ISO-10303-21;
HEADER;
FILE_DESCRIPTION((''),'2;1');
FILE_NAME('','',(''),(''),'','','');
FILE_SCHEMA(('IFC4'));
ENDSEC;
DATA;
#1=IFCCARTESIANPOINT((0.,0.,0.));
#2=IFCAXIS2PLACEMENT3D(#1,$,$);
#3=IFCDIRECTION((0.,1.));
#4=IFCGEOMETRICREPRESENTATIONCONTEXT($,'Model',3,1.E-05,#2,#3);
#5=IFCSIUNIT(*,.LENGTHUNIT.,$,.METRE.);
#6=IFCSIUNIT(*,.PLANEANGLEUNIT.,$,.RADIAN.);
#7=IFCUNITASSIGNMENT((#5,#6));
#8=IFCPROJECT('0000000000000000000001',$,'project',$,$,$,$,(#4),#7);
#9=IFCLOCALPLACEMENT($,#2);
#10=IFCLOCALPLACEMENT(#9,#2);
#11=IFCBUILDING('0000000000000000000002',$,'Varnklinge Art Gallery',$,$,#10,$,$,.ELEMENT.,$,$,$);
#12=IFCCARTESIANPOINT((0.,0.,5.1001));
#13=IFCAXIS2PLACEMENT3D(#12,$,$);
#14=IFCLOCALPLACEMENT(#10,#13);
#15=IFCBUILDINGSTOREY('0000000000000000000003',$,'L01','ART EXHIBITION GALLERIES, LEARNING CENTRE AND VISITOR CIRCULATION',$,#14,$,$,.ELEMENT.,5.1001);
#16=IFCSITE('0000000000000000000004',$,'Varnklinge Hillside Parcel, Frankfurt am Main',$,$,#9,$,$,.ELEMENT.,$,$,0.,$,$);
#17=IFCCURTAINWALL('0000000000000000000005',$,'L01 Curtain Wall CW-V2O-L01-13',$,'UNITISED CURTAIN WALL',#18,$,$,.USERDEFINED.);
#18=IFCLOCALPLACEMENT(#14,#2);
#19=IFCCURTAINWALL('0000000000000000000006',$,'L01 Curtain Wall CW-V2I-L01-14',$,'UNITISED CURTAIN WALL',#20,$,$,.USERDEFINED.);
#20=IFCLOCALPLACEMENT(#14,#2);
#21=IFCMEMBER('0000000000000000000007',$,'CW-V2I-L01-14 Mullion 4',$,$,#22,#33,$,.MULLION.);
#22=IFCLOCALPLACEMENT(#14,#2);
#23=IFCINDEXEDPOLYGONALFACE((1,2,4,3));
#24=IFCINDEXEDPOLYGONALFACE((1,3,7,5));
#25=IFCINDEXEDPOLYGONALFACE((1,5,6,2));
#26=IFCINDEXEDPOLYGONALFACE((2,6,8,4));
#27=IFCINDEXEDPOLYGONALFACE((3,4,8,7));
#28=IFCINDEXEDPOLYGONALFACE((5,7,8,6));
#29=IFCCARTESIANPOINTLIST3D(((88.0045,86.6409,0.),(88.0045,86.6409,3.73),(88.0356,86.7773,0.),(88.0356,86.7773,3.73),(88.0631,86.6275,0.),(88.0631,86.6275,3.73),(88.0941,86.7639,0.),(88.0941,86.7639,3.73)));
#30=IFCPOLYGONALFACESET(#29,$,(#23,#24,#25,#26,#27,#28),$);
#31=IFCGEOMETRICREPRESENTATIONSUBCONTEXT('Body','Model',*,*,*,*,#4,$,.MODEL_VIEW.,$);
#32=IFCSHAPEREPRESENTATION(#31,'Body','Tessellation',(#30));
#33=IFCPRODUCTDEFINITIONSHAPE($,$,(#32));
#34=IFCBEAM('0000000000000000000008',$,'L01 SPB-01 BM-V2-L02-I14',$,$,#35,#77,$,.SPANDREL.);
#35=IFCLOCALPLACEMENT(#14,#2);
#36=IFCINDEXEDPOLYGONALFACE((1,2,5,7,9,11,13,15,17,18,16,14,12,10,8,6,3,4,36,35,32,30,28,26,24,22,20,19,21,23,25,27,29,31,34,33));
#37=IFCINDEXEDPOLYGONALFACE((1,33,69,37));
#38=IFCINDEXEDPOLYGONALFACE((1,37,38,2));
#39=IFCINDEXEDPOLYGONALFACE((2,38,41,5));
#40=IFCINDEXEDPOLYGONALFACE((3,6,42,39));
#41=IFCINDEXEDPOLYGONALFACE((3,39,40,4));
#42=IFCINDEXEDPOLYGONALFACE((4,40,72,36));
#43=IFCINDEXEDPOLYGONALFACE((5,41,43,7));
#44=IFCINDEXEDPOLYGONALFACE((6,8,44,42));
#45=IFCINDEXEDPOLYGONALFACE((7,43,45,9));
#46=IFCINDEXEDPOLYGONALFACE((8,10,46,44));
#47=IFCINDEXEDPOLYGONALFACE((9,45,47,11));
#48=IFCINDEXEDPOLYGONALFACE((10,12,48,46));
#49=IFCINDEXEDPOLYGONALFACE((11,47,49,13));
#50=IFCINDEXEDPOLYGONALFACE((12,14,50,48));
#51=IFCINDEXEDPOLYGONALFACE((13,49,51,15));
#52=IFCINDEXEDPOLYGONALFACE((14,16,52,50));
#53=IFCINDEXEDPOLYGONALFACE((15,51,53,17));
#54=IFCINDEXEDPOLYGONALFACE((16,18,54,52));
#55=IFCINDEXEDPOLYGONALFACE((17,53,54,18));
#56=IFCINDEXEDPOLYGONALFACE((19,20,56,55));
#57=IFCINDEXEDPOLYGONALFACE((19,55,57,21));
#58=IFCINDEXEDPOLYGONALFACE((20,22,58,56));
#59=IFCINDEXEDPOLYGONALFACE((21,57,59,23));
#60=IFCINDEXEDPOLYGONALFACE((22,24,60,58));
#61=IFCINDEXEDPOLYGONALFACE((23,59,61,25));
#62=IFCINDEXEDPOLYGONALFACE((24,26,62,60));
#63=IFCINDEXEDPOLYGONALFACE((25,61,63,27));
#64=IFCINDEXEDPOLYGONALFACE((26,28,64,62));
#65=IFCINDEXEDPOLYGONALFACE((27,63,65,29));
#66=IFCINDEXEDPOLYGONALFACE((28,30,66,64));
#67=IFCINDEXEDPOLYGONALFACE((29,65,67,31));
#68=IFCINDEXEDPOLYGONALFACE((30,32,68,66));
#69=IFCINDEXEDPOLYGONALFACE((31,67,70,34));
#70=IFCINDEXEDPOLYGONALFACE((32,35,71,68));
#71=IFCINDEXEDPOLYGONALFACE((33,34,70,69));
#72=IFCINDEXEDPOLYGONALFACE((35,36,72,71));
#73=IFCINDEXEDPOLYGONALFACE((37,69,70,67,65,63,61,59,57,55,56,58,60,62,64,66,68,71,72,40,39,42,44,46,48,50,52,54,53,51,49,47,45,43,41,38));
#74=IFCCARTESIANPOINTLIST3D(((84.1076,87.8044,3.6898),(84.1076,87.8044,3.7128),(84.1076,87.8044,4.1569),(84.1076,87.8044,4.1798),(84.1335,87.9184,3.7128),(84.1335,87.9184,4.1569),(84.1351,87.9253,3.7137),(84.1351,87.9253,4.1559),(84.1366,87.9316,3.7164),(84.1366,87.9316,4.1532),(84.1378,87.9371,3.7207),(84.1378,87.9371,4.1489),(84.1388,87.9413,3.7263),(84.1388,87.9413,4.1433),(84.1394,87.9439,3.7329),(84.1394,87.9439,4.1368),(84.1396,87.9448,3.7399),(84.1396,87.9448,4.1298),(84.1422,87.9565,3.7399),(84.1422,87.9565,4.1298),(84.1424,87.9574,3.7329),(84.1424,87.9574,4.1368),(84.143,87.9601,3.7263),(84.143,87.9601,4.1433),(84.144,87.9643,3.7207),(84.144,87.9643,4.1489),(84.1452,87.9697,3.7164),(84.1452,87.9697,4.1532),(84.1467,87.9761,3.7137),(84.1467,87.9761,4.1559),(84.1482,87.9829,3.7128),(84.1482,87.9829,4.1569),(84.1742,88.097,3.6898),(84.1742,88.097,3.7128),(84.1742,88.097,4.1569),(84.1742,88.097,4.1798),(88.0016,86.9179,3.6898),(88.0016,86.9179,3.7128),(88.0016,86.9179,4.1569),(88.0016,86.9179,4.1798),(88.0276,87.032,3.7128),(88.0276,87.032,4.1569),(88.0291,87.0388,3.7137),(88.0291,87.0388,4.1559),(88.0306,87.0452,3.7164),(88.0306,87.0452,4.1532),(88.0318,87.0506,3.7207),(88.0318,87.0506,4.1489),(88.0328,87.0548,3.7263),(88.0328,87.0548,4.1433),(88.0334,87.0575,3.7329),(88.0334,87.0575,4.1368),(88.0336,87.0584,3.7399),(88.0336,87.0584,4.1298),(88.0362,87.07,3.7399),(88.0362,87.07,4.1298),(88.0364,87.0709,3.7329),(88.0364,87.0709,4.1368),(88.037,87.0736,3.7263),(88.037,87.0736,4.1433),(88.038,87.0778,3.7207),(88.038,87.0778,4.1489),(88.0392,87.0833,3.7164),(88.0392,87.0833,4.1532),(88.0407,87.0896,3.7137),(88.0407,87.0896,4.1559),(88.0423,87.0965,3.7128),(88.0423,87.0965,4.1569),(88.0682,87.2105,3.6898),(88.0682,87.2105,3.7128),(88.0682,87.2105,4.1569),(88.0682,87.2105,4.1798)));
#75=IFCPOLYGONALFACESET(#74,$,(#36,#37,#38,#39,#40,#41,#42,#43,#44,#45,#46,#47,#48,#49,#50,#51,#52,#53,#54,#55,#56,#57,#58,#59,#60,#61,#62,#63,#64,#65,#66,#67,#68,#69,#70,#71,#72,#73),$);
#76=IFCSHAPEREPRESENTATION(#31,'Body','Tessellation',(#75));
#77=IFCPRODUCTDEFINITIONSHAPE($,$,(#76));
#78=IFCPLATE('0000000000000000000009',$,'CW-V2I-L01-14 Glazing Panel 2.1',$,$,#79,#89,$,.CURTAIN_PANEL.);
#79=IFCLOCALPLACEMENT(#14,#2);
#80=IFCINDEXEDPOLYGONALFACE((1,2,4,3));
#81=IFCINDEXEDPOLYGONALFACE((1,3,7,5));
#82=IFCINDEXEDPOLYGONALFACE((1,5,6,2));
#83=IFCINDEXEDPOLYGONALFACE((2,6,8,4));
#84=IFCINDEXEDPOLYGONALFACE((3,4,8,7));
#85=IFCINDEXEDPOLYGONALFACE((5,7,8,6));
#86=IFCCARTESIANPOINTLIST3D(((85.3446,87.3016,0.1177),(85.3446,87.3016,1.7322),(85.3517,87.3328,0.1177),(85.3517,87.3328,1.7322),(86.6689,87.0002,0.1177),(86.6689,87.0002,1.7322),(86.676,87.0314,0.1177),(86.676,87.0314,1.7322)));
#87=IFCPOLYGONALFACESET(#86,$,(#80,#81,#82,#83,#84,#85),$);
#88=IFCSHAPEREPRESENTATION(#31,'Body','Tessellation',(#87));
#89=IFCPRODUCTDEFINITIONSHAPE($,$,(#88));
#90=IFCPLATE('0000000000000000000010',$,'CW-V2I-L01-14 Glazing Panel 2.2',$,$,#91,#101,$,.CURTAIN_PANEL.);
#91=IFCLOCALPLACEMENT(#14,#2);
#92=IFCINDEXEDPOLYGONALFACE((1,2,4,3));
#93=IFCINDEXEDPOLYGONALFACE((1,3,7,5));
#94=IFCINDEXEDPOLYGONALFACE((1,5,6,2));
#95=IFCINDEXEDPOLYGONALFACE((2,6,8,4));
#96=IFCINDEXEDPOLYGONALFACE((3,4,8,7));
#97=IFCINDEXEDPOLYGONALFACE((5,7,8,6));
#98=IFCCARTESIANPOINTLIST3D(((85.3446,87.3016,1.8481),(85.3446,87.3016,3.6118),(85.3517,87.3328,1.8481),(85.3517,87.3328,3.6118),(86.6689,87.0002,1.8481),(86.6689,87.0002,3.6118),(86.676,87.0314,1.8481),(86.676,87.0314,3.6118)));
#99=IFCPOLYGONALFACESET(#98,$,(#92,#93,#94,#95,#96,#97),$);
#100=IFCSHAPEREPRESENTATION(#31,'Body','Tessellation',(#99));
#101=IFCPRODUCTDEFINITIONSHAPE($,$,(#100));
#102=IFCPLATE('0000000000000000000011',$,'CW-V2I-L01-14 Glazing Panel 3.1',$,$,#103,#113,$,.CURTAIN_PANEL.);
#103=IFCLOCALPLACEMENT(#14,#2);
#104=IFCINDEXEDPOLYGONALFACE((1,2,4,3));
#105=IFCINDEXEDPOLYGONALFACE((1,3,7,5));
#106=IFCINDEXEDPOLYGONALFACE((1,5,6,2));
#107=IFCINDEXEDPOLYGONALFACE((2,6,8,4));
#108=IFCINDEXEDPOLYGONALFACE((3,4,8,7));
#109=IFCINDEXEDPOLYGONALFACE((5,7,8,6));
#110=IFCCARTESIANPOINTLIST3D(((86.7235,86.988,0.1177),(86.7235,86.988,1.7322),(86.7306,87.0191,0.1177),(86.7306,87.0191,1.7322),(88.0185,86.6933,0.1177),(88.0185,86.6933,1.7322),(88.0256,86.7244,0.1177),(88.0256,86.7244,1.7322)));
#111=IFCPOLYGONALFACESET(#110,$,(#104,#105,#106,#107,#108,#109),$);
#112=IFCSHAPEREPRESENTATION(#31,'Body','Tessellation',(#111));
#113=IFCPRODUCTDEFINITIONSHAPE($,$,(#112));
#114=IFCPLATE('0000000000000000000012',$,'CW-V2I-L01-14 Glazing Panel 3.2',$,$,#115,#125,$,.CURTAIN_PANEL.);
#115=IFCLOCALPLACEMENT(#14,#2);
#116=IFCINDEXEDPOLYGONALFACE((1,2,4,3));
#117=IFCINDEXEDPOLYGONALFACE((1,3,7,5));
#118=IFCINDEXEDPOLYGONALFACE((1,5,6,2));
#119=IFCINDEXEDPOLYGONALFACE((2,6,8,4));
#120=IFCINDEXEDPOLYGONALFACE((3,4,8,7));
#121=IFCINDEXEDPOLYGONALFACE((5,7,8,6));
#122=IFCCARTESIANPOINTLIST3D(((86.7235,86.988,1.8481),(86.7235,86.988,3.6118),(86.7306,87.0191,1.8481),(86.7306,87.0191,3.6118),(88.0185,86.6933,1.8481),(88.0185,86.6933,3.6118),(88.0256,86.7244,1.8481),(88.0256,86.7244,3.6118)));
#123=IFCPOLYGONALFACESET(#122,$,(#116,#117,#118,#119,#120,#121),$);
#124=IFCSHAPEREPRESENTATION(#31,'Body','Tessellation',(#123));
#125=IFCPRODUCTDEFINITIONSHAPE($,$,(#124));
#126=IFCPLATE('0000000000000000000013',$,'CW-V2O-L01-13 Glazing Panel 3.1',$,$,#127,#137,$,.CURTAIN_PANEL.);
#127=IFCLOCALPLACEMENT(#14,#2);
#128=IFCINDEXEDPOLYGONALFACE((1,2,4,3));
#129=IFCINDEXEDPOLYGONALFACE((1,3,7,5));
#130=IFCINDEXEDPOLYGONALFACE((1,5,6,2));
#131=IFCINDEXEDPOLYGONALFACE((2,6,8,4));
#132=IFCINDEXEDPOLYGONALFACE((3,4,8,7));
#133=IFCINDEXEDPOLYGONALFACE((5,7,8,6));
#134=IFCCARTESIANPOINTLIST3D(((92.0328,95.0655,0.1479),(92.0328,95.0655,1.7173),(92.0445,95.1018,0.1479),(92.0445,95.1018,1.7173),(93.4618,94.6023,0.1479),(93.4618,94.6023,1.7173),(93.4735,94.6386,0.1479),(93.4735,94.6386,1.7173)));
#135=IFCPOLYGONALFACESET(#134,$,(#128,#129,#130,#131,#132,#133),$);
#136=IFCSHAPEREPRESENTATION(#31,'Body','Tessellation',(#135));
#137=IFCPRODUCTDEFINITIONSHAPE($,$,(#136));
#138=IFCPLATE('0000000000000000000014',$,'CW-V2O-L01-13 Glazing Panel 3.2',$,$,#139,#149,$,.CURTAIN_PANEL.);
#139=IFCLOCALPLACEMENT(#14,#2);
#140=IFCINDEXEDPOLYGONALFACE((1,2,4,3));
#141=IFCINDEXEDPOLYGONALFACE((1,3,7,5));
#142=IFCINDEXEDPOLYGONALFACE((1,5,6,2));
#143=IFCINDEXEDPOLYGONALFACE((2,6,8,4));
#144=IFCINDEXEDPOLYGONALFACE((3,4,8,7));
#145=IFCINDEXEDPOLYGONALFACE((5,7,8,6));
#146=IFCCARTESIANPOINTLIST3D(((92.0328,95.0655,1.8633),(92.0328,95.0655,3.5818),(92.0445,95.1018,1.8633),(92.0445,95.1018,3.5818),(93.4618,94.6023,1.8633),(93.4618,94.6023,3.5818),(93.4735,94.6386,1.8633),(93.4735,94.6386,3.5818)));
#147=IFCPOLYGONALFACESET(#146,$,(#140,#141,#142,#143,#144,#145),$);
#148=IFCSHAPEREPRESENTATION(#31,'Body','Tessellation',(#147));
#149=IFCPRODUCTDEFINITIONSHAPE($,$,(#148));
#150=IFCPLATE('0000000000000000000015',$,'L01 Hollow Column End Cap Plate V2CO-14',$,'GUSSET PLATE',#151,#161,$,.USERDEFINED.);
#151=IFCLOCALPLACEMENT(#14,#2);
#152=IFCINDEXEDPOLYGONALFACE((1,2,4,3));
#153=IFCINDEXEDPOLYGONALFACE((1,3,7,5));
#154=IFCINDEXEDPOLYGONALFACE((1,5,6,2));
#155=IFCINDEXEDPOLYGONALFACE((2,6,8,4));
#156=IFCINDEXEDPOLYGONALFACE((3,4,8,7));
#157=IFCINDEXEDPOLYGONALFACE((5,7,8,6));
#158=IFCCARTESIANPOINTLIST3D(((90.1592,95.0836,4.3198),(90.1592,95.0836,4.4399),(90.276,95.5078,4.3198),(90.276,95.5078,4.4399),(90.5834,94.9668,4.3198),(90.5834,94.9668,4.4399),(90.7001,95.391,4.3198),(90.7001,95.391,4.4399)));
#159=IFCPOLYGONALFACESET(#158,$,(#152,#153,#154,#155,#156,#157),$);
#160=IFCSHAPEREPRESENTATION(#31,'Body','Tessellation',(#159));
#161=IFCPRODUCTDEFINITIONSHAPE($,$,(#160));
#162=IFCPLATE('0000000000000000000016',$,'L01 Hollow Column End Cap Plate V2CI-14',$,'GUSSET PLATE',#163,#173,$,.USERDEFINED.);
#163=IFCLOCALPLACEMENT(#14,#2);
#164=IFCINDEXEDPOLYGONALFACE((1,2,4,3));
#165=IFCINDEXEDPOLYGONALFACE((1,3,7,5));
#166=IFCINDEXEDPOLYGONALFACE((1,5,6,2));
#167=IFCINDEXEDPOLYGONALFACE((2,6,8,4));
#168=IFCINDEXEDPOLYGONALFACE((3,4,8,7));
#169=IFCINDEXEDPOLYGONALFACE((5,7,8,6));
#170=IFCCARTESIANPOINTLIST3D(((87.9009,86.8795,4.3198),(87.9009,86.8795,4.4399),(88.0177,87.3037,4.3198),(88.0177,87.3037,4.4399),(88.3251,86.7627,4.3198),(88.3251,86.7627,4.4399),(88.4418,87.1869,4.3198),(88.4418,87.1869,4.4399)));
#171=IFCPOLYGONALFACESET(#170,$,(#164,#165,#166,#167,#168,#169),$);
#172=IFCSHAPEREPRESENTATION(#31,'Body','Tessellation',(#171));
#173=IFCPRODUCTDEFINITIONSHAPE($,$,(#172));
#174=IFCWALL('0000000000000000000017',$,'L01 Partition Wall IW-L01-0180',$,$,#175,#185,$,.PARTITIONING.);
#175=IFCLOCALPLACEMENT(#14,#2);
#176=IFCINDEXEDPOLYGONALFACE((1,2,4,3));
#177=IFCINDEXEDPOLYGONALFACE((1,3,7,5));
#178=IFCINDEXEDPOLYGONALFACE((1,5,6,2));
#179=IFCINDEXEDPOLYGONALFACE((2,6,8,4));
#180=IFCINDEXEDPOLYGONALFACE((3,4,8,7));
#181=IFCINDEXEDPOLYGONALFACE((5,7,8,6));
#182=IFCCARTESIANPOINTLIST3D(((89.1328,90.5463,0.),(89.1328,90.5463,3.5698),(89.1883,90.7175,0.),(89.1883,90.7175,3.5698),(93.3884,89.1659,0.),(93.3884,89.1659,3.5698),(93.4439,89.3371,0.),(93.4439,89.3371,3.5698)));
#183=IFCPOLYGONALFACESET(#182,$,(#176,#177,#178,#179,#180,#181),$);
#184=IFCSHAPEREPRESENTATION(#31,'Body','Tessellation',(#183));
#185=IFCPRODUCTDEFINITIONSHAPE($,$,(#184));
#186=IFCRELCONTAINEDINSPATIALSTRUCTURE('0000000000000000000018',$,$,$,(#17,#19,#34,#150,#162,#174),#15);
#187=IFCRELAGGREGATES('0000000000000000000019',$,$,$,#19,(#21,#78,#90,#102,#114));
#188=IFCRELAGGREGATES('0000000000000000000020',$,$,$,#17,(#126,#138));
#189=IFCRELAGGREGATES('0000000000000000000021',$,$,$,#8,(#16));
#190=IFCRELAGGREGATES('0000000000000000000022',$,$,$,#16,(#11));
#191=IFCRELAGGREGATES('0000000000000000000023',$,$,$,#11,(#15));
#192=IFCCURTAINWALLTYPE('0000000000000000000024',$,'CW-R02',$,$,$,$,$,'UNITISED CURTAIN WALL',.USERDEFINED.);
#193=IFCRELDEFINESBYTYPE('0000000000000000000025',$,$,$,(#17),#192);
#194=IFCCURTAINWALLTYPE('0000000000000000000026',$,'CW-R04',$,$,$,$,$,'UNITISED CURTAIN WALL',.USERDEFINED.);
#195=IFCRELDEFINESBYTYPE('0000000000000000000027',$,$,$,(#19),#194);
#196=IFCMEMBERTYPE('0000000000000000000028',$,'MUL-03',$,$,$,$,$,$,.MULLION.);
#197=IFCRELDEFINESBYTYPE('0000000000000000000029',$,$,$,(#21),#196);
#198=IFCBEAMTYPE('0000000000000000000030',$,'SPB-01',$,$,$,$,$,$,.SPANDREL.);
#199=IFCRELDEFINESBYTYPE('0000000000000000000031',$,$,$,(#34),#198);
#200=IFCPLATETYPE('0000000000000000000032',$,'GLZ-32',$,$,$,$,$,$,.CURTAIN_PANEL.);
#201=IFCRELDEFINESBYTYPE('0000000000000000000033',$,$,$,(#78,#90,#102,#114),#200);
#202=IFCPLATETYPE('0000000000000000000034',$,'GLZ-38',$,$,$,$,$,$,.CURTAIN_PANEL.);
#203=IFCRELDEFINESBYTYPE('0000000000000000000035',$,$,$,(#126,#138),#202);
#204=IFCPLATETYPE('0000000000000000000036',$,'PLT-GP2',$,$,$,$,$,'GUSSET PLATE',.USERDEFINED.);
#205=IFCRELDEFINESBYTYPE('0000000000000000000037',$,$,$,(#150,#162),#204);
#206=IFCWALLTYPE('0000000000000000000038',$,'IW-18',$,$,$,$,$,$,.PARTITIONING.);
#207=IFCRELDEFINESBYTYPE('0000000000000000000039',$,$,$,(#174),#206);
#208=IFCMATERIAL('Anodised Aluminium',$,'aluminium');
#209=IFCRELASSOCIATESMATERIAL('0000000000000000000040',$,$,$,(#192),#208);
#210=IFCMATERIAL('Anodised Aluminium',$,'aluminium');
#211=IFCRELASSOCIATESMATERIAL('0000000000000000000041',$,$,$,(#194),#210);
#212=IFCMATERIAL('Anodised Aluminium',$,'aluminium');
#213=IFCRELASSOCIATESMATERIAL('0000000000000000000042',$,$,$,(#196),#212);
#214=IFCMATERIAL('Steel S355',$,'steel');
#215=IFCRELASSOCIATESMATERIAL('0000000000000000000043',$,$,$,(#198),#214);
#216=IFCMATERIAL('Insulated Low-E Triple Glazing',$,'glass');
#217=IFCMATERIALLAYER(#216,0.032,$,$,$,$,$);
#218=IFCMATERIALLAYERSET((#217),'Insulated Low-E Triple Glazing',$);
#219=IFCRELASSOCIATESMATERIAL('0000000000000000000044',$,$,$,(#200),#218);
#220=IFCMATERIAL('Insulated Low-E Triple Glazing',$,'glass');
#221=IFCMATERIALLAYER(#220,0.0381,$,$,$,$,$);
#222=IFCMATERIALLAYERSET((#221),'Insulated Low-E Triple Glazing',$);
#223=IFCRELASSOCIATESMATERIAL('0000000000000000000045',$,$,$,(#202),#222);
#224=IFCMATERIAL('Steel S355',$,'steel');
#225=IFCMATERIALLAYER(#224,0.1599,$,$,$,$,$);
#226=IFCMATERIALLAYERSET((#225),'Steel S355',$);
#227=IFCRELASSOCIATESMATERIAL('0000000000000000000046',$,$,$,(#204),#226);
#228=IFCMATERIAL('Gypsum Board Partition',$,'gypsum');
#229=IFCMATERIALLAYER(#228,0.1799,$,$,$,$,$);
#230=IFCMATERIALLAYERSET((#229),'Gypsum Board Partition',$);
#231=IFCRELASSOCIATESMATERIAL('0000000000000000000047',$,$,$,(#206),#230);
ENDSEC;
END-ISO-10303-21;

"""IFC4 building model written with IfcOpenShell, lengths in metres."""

from ifc_helpers import new_model, si_unit, direction, frame, frame_2d, origin, origin_2d, place, context, subcontext, project, spatial, rectangle, i_section, extrude, material, layer, layer_set, material_profile, profile_set, type_object, element, aggregate, save


model = new_model("IFC4")

# Units and contexts
model_context = context("Model", 3, precision=1e-05, world=origin(), true_north=direction((0.0, 1.0)))
body_context = subcontext(model_context, "Body", "Model", "MODEL_VIEW")
ifc_project = project(units=[si_unit("LENGTHUNIT", "METRE"), si_unit("PLANEANGLEUNIT", "RADIAN")], contexts=[model_context])

# Site, building, storey
site_placement = place(None, origin())
site = spatial("IfcSite", under=ifc_project, at=site_placement, Name="Varnklinge Hillside Parcel, Frankfurt am Main", CompositionType="ELEMENT", RefElevation=0.0)
building_placement = place(site_placement, origin())
building = spatial("IfcBuilding", under=site, at=building_placement, Name="Varnklinge Art Gallery", CompositionType="ELEMENT")
storey_placement = place(building_placement, frame((0.0, 0.0, 5.1001)))
storey = spatial("IfcBuildingStorey", under=building, at=storey_placement, Name="L01", Description="ART EXHIBITION GALLERIES, LEARNING CENTRE AND VISITOR CIRCULATION", CompositionType="ELEMENT", Elevation=5.1001)

# Curtain walls, member
ifc_material_1 = material(Name="Anodised Aluminium", Category="aluminium")
curtain_wall_type_1 = type_object("IfcCurtainWallType", Name="CW-R02", ElementType="UNITISED CURTAIN WALL", PredefinedType="USERDEFINED", material=ifc_material_1)
curtain_wall_1_placement = place(storey_placement, origin())
curtain_wall_1 = element("IfcCurtainWall", 1, at=curtain_wall_1_placement, inside=storey, type_object=curtain_wall_type_1, Name="L01 Curtain Wall CW-V2O-L01-13", ObjectType="UNITISED CURTAIN WALL", PredefinedType="USERDEFINED")
ifc_material_2 = material(Name="Anodised Aluminium", Category="aluminium")
curtain_wall_type_2 = type_object("IfcCurtainWallType", Name="CW-R04", ElementType="UNITISED CURTAIN WALL", PredefinedType="USERDEFINED", material=ifc_material_2)
curtain_wall_2_placement = place(storey_placement, origin())
curtain_wall_2 = element("IfcCurtainWall", 2, at=curtain_wall_2_placement, inside=storey, type_object=curtain_wall_type_2, Name="L01 Curtain Wall CW-V2I-L01-14", ObjectType="UNITISED CURTAIN WALL", PredefinedType="USERDEFINED")
ifc_material_3 = material(Name="Anodised Aluminium", Category="aluminium")
ifc_material_profile_1 = material_profile(ifc_material_3, rectangle(XDim=0.0601, YDim=0.1399, at=origin_2d()), Name="ALU 60x140")
ifc_profile_set_1 = profile_set([ifc_material_profile_1], Name="Anodised Aluminium")
member_type_1 = type_object("IfcMemberType", Name="MUL-03", PredefinedType="MULLION", material=ifc_profile_set_1)
member_1_placement = place(storey_placement, frame((88.0493, 86.7024, 0.0), z_axis=(0.0, 0.0, 1.0), x_axis=(0.975072, -0.221889, 0.0)))
member_1 = element("IfcMember", 3, at=member_1_placement, type_object=member_type_1, Name="CW-V2I-L01-14 Mullion 4", PredefinedType="MULLION", context=body_context, shape_type="SweptSolid", body=[
    extrude(rectangle(XDim=0.0601, YDim=0.1399, at=origin_2d()), origin(), (0.0, 0.0, 1.0), 3.73),
])

# Beam
ifc_material_4 = material(Name="Steel S355", Category="steel")
ifc_material_profile_2 = material_profile(ifc_material_4, i_section(OverallWidth=0.3, OverallDepth=0.49, WebThickness=0.012, FlangeThickness=0.0229, FilletRadius=0.0271, at=origin_2d()), Name="HEA 500")
ifc_profile_set_2 = profile_set([ifc_material_profile_2], Name="Steel S355")
beam_type_1 = type_object("IfcBeamType", Name="SPB-01", PredefinedType="SPANDREL", material=ifc_profile_set_2)
beam_1_placement = place(storey_placement, frame((88.0349, 87.0642, 3.9348), z_axis=(-0.975054, 0.22197, 0.0), x_axis=(-0.22197, -0.975054, 0.0)))
element("IfcBeam", 4, at=beam_1_placement, inside=storey, type_object=beam_type_1, Name="L01 SPB-01 BM-V2-L02-I14", PredefinedType="SPANDREL", context=body_context, shape_type="SweptSolid", body=[
    extrude(i_section(OverallWidth=0.3, OverallDepth=0.49, WebThickness=0.012, FlangeThickness=0.0229, FilletRadius=0.0271, at=origin_2d()), origin(), (0.0, 0.0, 1.0), 3.9937),
])

# Plates
ifc_material_5 = material(Name="Insulated Low-E Triple Glazing", Category="glass")
ifc_layer_1 = layer(ifc_material_5, 0.032)
ifc_layer_set_1 = layer_set([ifc_layer_1], Name="Insulated Low-E Triple Glazing")
plate_type_1 = type_object("IfcPlateType", Name="GLZ-32", PredefinedType="CURTAIN_PANEL", material=ifc_layer_set_1)
plate_1_placement = place(storey_placement, frame((86.0103, 87.1665, 0.1177), z_axis=(0.0, 0.0, 1.0), x_axis=(0.975072, -0.221889, 0.0)))
plate_1 = element("IfcPlate", 5, at=plate_1_placement, type_object=plate_type_1, Name="CW-V2I-L01-14 Glazing Panel 2.1", PredefinedType="CURTAIN_PANEL", context=body_context, shape_type="SweptSolid", body=[
    extrude(rectangle(XDim=1.3582, YDim=0.032, at=origin_2d()), origin(), (0.0, 0.0, 1.0), 1.6145),
])
plate_2_placement = place(storey_placement, frame((86.0103, 87.1665, 1.8481), z_axis=(0.0, 0.0, 1.0), x_axis=(0.975072, -0.221889, 0.0)))
plate_2 = element("IfcPlate", 6, at=plate_2_placement, type_object=plate_type_1, Name="CW-V2I-L01-14 Glazing Panel 2.2", PredefinedType="CURTAIN_PANEL", context=body_context, shape_type="SweptSolid", body=[
    extrude(rectangle(XDim=1.3582, YDim=0.032, at=origin_2d()), origin(), (0.0, 0.0, 1.0), 1.7637),
])
plate_3_placement = place(storey_placement, frame((87.3745, 86.8562, 0.1177), z_axis=(0.0, 0.0, 1.0), x_axis=(0.975072, -0.221889, 0.0)))
plate_3 = element("IfcPlate", 7, at=plate_3_placement, type_object=plate_type_1, Name="CW-V2I-L01-14 Glazing Panel 3.1", PredefinedType="CURTAIN_PANEL", context=body_context, shape_type="SweptSolid", body=[
    extrude(rectangle(XDim=1.3281, YDim=0.032, at=origin_2d()), origin(), (0.0, 0.0, 1.0), 1.6145),
])
plate_4_placement = place(storey_placement, frame((87.3745, 86.8562, 1.8481), z_axis=(0.0, 0.0, 1.0), x_axis=(0.975072, -0.221889, 0.0)))
plate_4 = element("IfcPlate", 8, at=plate_4_placement, type_object=plate_type_1, Name="CW-V2I-L01-14 Glazing Panel 3.2", PredefinedType="CURTAIN_PANEL", context=body_context, shape_type="SweptSolid", body=[
    extrude(rectangle(XDim=1.3281, YDim=0.032, at=origin_2d()), origin(), (0.0, 0.0, 1.0), 1.7637),
])
aggregate(curtain_wall_2, [member_1, plate_1, plate_2, plate_3, plate_4])
ifc_material_6 = material(Name="Insulated Low-E Triple Glazing", Category="glass")
ifc_layer_2 = layer(ifc_material_6, 0.0381)
ifc_layer_set_2 = layer_set([ifc_layer_2], Name="Insulated Low-E Triple Glazing")
plate_type_2 = type_object("IfcPlateType", Name="GLZ-38", PredefinedType="CURTAIN_PANEL", material=ifc_layer_set_2)
plate_5_placement = place(storey_placement, frame((92.7532, 94.8521, 0.1479), z_axis=(0.0, 0.0, 1.0), x_axis=(-0.951272, 0.308353, 0.0)))
plate_5 = element("IfcPlate", 9, at=plate_5_placement, type_object=plate_type_2, Name="CW-V2O-L01-13 Glazing Panel 3.1", PredefinedType="CURTAIN_PANEL", context=body_context, shape_type="SweptSolid", body=[
    extrude(rectangle(XDim=1.5022, YDim=0.0381, at=origin_2d()), origin(), (0.0, 0.0, 1.0), 1.5693),
])
plate_6_placement = place(storey_placement, frame((92.7532, 94.8521, 1.8633), z_axis=(0.0, 0.0, 1.0), x_axis=(-0.951272, 0.308353, 0.0)))
plate_6 = element("IfcPlate", 10, at=plate_6_placement, type_object=plate_type_2, Name="CW-V2O-L01-13 Glazing Panel 3.2", PredefinedType="CURTAIN_PANEL", context=body_context, shape_type="SweptSolid", body=[
    extrude(rectangle(XDim=1.5022, YDim=0.0381, at=origin_2d()), origin(), (0.0, 0.0, 1.0), 1.7185),
])
aggregate(curtain_wall_1, [plate_5, plate_6])

# Plates
ifc_material_7 = material(Name="Steel S355", Category="steel")
ifc_layer_3 = layer(ifc_material_7, 0.1599)
ifc_layer_set_3 = layer_set([ifc_layer_3], Name="Steel S355")
plate_type_3 = type_object("IfcPlateType", Name="PLT-GP2", ElementType="GUSSET PLATE", PredefinedType="USERDEFINED", material=ifc_layer_set_3)
for number, where, z_axis, x_axis, name in (
    (11, (90.4297, 95.2373, 4.3198), (0.0, 0.0, 1.0), (-0.265388, -0.964142, 0.0), "L01 Hollow Column End Cap Plate V2CO-14"),
    (12, (88.1714, 87.0332, 4.3198), (0.0, 0.0, 1.0), (-0.265388, -0.964142, 0.0), "L01 Hollow Column End Cap Plate V2CI-14"),
):
    element("IfcPlate", number, at=place(storey_placement, frame(where, z_axis=z_axis, x_axis=x_axis)), inside=storey, type_object=plate_type_3, Name=name, ObjectType="GUSSET PLATE", PredefinedType="USERDEFINED", context=body_context, shape_type="SweptSolid", body=[
        extrude(rectangle(XDim=0.4399, YDim=0.4399, at=origin_2d()), origin(), (0.0, 0.0, 1.0), 0.1201),
    ])

# Wall
ifc_material_8 = material(Name="Gypsum Board Partition", Category="gypsum")
ifc_layer_4 = layer(ifc_material_8, 0.1799)
ifc_layer_set_4 = layer_set([ifc_layer_4], Name="Gypsum Board Partition")
wall_type = type_object("IfcWallType", Name="IW-18", PredefinedType="PARTITIONING", material=ifc_layer_set_4)
wall_1_placement = place(storey_placement, frame((89.1606, 90.6318, 0.0), z_axis=(0.0, 0.0, 1.0), x_axis=(0.951212, -0.308539, 0.0)))
element("IfcWall", 13, at=wall_1_placement, inside=storey, type_object=wall_type, Name="L01 Partition Wall IW-L01-0180", PredefinedType="PARTITIONING", context=body_context, shape_type="SweptSolid", body=[
    extrude(rectangle(XDim=4.4739, YDim=0.1799, at=frame_2d((2.2368, 0.0))), origin(), (0.0, 0.0, 1.0), 3.5698),
])

save(model, "model.ifc")
